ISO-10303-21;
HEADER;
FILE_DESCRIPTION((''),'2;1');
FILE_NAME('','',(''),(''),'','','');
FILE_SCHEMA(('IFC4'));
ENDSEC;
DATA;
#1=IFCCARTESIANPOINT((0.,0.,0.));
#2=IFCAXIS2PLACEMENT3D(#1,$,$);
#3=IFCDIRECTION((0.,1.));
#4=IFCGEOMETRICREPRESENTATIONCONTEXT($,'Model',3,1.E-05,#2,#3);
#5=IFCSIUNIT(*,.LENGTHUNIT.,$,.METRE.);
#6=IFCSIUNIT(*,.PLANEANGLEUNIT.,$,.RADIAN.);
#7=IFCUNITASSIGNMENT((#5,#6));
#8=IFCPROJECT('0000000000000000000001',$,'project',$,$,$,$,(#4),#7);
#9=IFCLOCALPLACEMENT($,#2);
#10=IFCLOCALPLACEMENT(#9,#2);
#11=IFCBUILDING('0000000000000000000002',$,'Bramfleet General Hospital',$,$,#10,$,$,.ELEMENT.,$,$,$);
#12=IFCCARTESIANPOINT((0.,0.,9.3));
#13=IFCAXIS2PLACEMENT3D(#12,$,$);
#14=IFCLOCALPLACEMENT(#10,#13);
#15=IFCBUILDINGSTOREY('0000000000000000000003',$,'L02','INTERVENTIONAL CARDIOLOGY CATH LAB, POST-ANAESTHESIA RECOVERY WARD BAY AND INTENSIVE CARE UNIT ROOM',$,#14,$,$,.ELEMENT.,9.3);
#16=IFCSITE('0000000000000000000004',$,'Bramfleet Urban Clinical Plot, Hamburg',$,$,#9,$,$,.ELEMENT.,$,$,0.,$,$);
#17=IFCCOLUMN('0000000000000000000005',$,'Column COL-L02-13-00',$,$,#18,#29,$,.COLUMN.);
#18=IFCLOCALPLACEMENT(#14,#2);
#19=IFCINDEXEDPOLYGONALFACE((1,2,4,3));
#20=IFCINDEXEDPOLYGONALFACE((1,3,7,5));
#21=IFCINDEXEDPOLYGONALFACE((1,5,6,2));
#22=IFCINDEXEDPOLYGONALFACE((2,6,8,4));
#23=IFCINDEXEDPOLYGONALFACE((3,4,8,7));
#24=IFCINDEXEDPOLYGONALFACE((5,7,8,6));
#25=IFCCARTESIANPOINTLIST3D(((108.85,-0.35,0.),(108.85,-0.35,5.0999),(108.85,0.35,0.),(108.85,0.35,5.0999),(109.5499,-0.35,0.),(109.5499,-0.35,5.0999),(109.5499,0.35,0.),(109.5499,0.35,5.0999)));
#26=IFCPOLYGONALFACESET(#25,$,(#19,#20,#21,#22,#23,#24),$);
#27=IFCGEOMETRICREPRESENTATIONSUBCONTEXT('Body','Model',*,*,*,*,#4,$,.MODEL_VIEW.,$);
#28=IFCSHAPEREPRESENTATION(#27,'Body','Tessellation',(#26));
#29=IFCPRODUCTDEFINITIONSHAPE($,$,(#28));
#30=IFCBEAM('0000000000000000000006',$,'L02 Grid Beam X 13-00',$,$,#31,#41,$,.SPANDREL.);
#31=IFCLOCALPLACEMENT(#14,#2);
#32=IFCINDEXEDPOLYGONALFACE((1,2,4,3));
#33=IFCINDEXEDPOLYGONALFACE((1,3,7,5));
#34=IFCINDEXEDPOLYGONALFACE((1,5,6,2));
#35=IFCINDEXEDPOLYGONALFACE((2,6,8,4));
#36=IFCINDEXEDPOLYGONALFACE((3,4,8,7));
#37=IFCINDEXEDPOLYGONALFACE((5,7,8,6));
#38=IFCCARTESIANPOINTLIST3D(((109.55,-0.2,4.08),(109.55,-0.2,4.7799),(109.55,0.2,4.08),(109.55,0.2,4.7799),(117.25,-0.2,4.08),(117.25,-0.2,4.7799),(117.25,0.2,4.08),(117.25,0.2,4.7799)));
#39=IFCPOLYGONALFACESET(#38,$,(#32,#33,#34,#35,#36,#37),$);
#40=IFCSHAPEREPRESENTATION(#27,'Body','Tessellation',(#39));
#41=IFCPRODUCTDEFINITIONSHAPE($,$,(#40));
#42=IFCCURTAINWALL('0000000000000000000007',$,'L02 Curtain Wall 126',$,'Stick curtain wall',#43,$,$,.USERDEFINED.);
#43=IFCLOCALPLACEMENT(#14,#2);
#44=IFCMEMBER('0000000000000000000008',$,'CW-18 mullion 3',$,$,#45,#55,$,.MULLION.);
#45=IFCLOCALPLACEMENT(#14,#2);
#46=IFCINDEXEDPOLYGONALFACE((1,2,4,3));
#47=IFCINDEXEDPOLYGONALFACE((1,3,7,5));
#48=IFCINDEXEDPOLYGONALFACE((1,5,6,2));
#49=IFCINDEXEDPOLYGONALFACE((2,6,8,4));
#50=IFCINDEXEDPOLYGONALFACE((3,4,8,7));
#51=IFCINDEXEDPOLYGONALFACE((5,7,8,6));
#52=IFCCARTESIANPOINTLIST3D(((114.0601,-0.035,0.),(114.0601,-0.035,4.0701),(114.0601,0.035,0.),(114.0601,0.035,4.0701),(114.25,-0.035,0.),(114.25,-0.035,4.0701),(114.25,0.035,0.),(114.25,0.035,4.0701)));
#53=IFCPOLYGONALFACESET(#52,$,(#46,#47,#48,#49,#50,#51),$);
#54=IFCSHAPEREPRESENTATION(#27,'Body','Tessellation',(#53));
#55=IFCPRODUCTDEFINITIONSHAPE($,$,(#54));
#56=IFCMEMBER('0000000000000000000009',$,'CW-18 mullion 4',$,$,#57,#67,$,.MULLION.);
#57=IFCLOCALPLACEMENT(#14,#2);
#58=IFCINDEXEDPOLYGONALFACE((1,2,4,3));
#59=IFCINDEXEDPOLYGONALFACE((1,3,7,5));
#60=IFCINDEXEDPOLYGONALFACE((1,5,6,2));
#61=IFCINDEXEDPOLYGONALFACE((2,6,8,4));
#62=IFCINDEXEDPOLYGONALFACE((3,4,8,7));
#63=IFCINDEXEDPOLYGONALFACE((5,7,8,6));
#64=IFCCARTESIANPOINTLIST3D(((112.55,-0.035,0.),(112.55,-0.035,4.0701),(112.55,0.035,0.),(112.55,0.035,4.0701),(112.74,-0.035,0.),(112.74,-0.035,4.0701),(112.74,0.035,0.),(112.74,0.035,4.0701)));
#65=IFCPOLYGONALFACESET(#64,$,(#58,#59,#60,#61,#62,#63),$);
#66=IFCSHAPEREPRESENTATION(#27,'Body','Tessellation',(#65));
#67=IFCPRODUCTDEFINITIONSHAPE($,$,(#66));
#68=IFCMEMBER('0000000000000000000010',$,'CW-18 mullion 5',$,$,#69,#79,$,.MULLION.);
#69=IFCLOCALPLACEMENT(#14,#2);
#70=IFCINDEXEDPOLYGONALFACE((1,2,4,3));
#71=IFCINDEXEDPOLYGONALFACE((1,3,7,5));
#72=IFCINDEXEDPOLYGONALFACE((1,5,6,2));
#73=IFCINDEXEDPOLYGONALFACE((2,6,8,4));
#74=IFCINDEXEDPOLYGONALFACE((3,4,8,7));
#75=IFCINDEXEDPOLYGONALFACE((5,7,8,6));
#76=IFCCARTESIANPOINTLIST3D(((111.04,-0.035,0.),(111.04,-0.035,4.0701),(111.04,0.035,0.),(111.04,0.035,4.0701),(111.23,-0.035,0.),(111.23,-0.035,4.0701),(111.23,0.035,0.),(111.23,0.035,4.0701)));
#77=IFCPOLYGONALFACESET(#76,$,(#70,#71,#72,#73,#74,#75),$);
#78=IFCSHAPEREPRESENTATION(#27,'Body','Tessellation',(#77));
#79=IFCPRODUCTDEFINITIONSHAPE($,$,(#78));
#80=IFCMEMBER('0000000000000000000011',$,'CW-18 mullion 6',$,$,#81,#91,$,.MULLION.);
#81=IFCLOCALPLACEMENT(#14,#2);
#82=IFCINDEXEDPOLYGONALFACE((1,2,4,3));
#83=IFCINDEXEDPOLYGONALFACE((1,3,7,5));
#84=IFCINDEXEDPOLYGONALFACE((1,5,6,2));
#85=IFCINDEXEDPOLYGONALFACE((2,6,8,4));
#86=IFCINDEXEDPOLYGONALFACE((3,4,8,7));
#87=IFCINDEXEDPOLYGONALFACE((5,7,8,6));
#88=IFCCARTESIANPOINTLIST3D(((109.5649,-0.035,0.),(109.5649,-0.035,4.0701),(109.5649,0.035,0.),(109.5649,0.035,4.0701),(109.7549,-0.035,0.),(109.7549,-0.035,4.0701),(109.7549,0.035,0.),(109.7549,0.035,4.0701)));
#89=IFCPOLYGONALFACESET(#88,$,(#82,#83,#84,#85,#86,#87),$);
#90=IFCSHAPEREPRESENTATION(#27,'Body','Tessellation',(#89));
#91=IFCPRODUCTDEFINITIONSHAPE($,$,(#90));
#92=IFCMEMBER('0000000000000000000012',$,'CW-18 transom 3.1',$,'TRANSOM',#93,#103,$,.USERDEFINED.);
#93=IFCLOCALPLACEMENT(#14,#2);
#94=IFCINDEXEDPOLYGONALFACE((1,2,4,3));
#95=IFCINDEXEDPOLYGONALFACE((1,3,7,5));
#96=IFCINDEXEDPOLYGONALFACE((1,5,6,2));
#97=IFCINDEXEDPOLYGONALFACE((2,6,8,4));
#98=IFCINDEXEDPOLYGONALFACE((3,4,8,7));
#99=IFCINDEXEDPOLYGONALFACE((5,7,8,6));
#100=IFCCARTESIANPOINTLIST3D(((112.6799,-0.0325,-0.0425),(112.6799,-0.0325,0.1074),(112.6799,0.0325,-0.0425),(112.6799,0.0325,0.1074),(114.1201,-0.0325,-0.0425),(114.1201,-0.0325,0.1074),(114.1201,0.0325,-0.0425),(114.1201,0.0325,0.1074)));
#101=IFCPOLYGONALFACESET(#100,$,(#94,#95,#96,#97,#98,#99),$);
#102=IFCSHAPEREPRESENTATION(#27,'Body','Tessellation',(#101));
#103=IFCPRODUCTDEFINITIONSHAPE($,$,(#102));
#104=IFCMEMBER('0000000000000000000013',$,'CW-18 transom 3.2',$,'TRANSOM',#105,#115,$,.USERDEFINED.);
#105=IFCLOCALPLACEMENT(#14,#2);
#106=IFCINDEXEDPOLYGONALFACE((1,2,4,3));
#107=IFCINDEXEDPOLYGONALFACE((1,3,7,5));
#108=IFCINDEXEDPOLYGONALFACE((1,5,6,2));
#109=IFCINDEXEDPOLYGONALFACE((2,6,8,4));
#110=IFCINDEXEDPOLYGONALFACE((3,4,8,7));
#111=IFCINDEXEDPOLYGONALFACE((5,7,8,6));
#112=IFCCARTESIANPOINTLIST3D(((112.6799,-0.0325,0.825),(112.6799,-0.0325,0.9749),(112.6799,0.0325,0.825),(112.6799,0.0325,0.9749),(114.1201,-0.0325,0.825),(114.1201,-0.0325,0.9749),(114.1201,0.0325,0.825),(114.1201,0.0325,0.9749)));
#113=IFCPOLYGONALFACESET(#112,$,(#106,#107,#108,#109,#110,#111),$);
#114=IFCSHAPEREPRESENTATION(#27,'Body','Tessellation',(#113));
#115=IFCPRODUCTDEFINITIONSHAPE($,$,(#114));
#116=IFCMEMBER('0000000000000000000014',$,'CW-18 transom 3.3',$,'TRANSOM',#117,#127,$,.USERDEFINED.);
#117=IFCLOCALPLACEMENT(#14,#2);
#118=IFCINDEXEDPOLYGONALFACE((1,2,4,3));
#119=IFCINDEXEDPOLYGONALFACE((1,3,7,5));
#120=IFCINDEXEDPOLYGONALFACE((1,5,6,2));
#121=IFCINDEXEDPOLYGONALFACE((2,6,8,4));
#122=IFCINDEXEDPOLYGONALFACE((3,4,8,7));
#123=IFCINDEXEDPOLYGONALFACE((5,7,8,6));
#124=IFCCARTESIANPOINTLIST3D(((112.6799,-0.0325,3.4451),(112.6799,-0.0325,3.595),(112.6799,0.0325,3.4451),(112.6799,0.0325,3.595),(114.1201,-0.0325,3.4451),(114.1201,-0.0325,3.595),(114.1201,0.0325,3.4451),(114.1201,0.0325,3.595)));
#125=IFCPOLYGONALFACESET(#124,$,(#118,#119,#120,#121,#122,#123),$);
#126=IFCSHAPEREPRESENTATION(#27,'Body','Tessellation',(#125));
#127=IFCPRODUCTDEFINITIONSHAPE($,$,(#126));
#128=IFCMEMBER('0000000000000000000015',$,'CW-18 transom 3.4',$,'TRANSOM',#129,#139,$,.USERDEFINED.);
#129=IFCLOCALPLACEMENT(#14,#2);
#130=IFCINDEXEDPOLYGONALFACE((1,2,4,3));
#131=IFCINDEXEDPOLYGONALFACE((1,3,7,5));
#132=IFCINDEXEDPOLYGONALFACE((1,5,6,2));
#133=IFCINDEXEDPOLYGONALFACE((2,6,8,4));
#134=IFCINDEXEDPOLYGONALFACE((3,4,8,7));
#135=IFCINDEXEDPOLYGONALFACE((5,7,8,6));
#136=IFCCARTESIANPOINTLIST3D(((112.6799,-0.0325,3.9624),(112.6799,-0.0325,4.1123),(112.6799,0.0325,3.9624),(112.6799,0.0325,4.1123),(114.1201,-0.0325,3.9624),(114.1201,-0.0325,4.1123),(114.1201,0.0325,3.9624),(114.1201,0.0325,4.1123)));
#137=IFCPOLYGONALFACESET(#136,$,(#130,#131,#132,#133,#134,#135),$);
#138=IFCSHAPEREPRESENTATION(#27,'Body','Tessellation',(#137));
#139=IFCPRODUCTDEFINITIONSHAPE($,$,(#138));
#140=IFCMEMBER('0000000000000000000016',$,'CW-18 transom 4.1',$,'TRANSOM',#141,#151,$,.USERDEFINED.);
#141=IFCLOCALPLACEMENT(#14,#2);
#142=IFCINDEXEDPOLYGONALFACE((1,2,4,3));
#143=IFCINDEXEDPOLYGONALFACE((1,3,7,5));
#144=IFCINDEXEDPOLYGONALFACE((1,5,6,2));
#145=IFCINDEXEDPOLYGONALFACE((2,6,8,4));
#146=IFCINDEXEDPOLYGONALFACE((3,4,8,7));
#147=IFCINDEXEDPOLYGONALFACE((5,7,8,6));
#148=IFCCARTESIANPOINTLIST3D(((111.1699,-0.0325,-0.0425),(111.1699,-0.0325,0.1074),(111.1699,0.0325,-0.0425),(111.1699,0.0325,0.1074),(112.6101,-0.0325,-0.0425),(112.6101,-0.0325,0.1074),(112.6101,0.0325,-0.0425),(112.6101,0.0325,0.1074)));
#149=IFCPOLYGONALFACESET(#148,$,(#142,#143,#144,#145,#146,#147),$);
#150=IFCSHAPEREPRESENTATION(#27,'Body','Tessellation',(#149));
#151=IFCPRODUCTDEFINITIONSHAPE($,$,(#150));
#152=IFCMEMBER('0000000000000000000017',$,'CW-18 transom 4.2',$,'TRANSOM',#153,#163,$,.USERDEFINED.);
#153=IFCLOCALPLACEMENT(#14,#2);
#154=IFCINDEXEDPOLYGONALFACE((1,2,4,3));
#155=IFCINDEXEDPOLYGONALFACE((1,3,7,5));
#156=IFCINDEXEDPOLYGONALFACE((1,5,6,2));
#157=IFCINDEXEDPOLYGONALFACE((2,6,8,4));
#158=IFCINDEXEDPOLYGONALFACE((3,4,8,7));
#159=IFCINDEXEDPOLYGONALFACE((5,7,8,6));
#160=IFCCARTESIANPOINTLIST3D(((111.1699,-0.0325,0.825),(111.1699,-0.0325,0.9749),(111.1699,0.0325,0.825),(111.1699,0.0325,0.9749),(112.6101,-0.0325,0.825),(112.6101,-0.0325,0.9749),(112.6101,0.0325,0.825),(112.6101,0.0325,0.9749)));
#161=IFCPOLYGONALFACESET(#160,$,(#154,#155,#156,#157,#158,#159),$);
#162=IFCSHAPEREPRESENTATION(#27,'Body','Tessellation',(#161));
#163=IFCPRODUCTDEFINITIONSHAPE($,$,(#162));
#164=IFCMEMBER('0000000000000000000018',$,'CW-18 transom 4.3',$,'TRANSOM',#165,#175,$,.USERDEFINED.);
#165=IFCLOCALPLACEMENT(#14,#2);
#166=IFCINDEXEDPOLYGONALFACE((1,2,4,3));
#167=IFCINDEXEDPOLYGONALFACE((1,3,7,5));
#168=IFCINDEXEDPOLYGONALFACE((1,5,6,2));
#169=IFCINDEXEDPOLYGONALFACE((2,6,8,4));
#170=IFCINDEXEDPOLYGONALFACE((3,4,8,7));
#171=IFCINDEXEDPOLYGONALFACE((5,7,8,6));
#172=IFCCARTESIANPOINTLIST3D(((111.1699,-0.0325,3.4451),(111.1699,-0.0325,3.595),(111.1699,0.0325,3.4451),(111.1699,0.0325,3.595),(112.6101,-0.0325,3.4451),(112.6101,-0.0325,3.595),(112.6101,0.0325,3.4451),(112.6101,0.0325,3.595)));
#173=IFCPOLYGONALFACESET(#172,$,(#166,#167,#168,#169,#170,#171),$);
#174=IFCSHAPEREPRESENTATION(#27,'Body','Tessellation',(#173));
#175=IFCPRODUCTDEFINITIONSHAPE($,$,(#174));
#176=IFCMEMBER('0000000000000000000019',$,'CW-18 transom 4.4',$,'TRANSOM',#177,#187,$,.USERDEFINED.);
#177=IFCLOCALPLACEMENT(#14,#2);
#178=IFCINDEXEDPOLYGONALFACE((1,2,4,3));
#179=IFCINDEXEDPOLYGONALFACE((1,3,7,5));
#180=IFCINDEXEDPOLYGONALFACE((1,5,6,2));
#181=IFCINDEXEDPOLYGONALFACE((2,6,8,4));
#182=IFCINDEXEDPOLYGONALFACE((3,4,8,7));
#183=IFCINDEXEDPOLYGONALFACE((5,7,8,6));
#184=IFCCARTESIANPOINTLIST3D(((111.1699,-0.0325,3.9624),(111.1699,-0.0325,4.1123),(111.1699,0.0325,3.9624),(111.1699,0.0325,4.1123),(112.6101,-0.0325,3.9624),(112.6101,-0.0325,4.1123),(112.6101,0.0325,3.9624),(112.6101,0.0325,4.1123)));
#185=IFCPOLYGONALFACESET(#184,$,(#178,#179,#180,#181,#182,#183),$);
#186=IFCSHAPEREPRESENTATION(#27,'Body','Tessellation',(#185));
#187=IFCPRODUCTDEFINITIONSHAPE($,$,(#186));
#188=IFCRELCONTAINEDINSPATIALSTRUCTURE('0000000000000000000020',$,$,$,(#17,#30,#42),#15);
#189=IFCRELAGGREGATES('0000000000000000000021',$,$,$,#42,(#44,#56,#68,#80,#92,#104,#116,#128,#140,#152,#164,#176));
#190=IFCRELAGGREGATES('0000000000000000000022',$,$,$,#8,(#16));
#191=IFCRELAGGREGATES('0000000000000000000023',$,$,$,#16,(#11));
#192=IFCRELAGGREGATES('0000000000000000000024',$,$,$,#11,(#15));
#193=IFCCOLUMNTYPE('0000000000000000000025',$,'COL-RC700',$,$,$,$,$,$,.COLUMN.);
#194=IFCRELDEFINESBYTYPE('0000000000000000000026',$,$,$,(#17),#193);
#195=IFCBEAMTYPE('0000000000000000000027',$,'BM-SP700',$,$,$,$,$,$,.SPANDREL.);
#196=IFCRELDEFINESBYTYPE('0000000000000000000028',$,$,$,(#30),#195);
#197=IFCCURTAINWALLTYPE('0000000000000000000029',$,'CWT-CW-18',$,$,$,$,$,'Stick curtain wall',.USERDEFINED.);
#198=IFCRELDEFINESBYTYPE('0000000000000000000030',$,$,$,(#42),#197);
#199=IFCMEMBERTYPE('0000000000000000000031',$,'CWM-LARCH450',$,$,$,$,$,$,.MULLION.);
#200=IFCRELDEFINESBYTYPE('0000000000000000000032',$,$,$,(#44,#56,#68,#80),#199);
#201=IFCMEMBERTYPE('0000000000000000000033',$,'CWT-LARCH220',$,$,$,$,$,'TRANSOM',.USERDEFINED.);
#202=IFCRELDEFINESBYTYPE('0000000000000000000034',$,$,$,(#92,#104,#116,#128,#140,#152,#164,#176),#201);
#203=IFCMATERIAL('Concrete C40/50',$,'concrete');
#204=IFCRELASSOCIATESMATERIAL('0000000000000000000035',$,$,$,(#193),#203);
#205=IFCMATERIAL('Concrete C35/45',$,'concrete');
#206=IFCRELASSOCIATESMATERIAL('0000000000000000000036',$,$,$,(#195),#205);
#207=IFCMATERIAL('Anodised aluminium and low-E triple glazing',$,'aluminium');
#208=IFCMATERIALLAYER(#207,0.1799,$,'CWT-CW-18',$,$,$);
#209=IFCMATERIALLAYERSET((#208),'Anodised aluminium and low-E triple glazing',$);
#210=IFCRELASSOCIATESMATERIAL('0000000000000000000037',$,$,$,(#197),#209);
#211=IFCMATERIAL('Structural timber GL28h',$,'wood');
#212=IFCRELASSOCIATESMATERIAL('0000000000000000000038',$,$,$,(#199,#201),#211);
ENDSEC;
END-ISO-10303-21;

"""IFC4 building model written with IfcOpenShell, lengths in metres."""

from ifc_helpers import new_model, si_unit, direction, frame, origin, origin_2d, place, context, subcontext, project, spatial, rectangle, extrude, material, layer, layer_set, material_profile, profile_set, type_object, element, aggregate, save


model = new_model("IFC4")

# Units and contexts
model_context = context("Model", 3, precision=1e-05, world=origin(), true_north=direction((0.0, 1.0)))
body_context = subcontext(model_context, "Body", "Model", "MODEL_VIEW")
ifc_project = project(units=[si_unit("LENGTHUNIT", "METRE"), si_unit("PLANEANGLEUNIT", "RADIAN")], contexts=[model_context])

# Site, building, storey
site_placement = place(None, origin())
site = spatial("IfcSite", under=ifc_project, at=site_placement, Name="Bramfleet Urban Clinical Plot, Hamburg", CompositionType="ELEMENT", RefElevation=0.0)
building_placement = place(site_placement, origin())
building = spatial("IfcBuilding", under=site, at=building_placement, Name="Bramfleet General Hospital", CompositionType="ELEMENT")
storey_placement = place(building_placement, frame((0.0, 0.0, 9.3)))
storey = spatial("IfcBuildingStorey", under=building, at=storey_placement, Name="L02", Description="INTERVENTIONAL CARDIOLOGY CATH LAB, POST-ANAESTHESIA RECOVERY WARD BAY AND INTENSIVE CARE UNIT ROOM", CompositionType="ELEMENT", Elevation=9.3)

# Column
ifc_material_1 = material(Name="Concrete C40/50", Category="concrete")
ifc_material_profile_1 = material_profile(ifc_material_1, rectangle(XDim=0.7, YDim=0.7, at=origin_2d()), Name="RC COL 700x700")
ifc_profile_set_1 = profile_set([ifc_material_profile_1], Name="Concrete C40/50")
column_type = type_object("IfcColumnType", Name="COL-RC700", PredefinedType="COLUMN", material=ifc_profile_set_1)
column_placement = place(storey_placement, frame((109.2, 0.0, 0.0), z_axis=(0.0, 0.0, 1.0), x_axis=(1.0, 0.0, 0.0)))
element("IfcColumn", 1, at=column_placement, inside=storey, type_object=column_type, Name="Column COL-L02-13-00", PredefinedType="COLUMN", context=body_context, shape_type="SweptSolid", body=[
    extrude(rectangle(XDim=0.7, YDim=0.7, at=origin_2d()), origin(), (0.0, 0.0, 1.0), 5.0999),
])

# Beam
ifc_material_2 = material(Name="Concrete C35/45", Category="concrete")
ifc_material_profile_2 = material_profile(ifc_material_2, rectangle(XDim=0.3999, YDim=0.7, at=origin_2d()), Name="RC SP 700x400")
ifc_profile_set_2 = profile_set([ifc_material_profile_2], Name="Concrete C35/45")
beam_type = type_object("IfcBeamType", Name="BM-SP700", PredefinedType="SPANDREL", material=ifc_profile_set_2)
beam_placement = place(storey_placement, frame((109.55, 0.0, 4.4299), z_axis=(1.0, 0.0, 0.0), x_axis=(0.0, 1.0, 0.0)))
element("IfcBeam", 2, at=beam_placement, inside=storey, type_object=beam_type, Name="L02 Grid Beam X 13-00", PredefinedType="SPANDREL", context=body_context, shape_type="SweptSolid", body=[
    extrude(rectangle(XDim=0.3999, YDim=0.7, at=origin_2d()), origin(), (0.0, 0.0, 1.0), 7.7),
])

# Curtain wall, members
ifc_material_3 = material(Name="Anodised aluminium and low-E triple glazing", Category="aluminium")
ifc_layer_1 = layer(ifc_material_3, 0.1799, Name="CWT-CW-18")
ifc_layer_set_1 = layer_set([ifc_layer_1], Name="Anodised aluminium and low-E triple glazing")
curtain_wall_type = type_object("IfcCurtainWallType", Name="CWT-CW-18", ElementType="Stick curtain wall", PredefinedType="USERDEFINED", material=ifc_layer_set_1)
curtain_wall_placement = place(storey_placement, origin())
curtain_wall = element("IfcCurtainWall", 3, at=curtain_wall_placement, inside=storey, type_object=curtain_wall_type, Name="L02 Curtain Wall 126", ObjectType="Stick curtain wall", PredefinedType="USERDEFINED")
ifc_material_4 = material(Name="Structural timber GL28h", Category="wood")
ifc_material_profile_3 = material_profile(ifc_material_4, rectangle(XDim=0.0701, YDim=0.1899, at=origin_2d()), Name="LARCH 190x70")
ifc_profile_set_3 = profile_set([ifc_material_profile_3], Name="Structural timber GL28h")
member_type_1 = type_object("IfcMemberType", Name="CWM-LARCH450", PredefinedType="MULLION", material=ifc_profile_set_3)
member_1_placement = place(storey_placement, frame((114.155, 0.0, 0.0), z_axis=(0.0, 0.0, 1.0), x_axis=(0.0, -1.0, 0.0)))
member_1 = element("IfcMember", 4, at=member_1_placement, type_object=member_type_1, Name="CW-18 mullion 3", PredefinedType="MULLION", context=body_context, shape_type="SweptSolid", body=[
    extrude(rectangle(XDim=0.0701, YDim=0.1899, at=origin_2d()), origin(), (0.0, 0.0, 1.0), 4.0701),
])
member_2_placement = place(storey_placement, frame((112.645, 0.0, 0.0), z_axis=(0.0, 0.0, 1.0), x_axis=(0.0, -1.0, 0.0)))
member_2 = element("IfcMember", 5, at=member_2_placement, type_object=member_type_1, Name="CW-18 mullion 4", PredefinedType="MULLION", context=body_context, shape_type="SweptSolid", body=[
    extrude(rectangle(XDim=0.0701, YDim=0.1899, at=origin_2d()), origin(), (0.0, 0.0, 1.0), 4.0701),
])
member_3_placement = place(storey_placement, frame((111.135, 0.0, 0.0), z_axis=(0.0, 0.0, 1.0), x_axis=(0.0, -1.0, 0.0)))
member_3 = element("IfcMember", 6, at=member_3_placement, type_object=member_type_1, Name="CW-18 mullion 5", PredefinedType="MULLION", context=body_context, shape_type="SweptSolid", body=[
    extrude(rectangle(XDim=0.0701, YDim=0.1899, at=origin_2d()), origin(), (0.0, 0.0, 1.0), 4.0701),
])
member_4_placement = place(storey_placement, frame((109.6599, 0.0, 0.0), z_axis=(0.0, 0.0, 1.0), x_axis=(0.0, -1.0, 0.0)))
member_4 = element("IfcMember", 7, at=member_4_placement, type_object=member_type_1, Name="CW-18 mullion 6", PredefinedType="MULLION", context=body_context, shape_type="SweptSolid", body=[
    extrude(rectangle(XDim=0.0701, YDim=0.1899, at=origin_2d()), origin(), (0.0, 0.0, 1.0), 4.0701),
])
ifc_material_profile_4 = material_profile(ifc_material_4, rectangle(XDim=0.0649, YDim=0.1499, at=origin_2d()), Name="LARCH 150x65")
ifc_profile_set_4 = profile_set([ifc_material_profile_4], Name="Structural timber GL28h")
member_type_2 = type_object("IfcMemberType", Name="CWT-LARCH220", ElementType="TRANSOM", PredefinedType="USERDEFINED", material=ifc_profile_set_4)
member_5_placement = place(storey_placement, frame((114.1201, 0.0, 0.0325), z_axis=(-1.0, 0.0, 0.0), x_axis=(0.0, -1.0, 0.0)))
member_5 = element("IfcMember", 8, at=member_5_placement, type_object=member_type_2, Name="CW-18 transom 3.1", ObjectType="TRANSOM", PredefinedType="USERDEFINED", context=body_context, shape_type="SweptSolid", body=[
    extrude(rectangle(XDim=0.0649, YDim=0.1499, at=origin_2d()), origin(), (0.0, 0.0, 1.0), 1.4402),
])
member_6_placement = place(storey_placement, frame((114.1201, 0.0, 0.8999), z_axis=(-1.0, 0.0, 0.0), x_axis=(0.0, -1.0, 0.0)))
member_6 = element("IfcMember", 9, at=member_6_placement, type_object=member_type_2, Name="CW-18 transom 3.2", ObjectType="TRANSOM", PredefinedType="USERDEFINED", context=body_context, shape_type="SweptSolid", body=[
    extrude(rectangle(XDim=0.0649, YDim=0.1499, at=origin_2d()), origin(), (0.0, 0.0, 1.0), 1.4402),
])
member_7_placement = place(storey_placement, frame((114.1201, 0.0, 3.52), z_axis=(-1.0, 0.0, 0.0), x_axis=(0.0, -1.0, 0.0)))
member_7 = element("IfcMember", 10, at=member_7_placement, type_object=member_type_2, Name="CW-18 transom 3.3", ObjectType="TRANSOM", PredefinedType="USERDEFINED", context=body_context, shape_type="SweptSolid", body=[
    extrude(rectangle(XDim=0.0649, YDim=0.1499, at=origin_2d()), origin(), (0.0, 0.0, 1.0), 1.4402),
])
member_8_placement = place(storey_placement, frame((114.1201, 0.0, 4.0374), z_axis=(-1.0, 0.0, 0.0), x_axis=(0.0, -1.0, 0.0)))
member_8 = element("IfcMember", 11, at=member_8_placement, type_object=member_type_2, Name="CW-18 transom 3.4", ObjectType="TRANSOM", PredefinedType="USERDEFINED", context=body_context, shape_type="SweptSolid", body=[
    extrude(rectangle(XDim=0.0649, YDim=0.1499, at=origin_2d()), origin(), (0.0, 0.0, 1.0), 1.4402),
])
member_9_placement = place(storey_placement, frame((112.6101, 0.0, 0.0325), z_axis=(-1.0, 0.0, 0.0), x_axis=(0.0, -1.0, 0.0)))
member_9 = element("IfcMember", 12, at=member_9_placement, type_object=member_type_2, Name="CW-18 transom 4.1", ObjectType="TRANSOM", PredefinedType="USERDEFINED", context=body_context, shape_type="SweptSolid", body=[
    extrude(rectangle(XDim=0.0649, YDim=0.1499, at=origin_2d()), origin(), (0.0, 0.0, 1.0), 1.4402),
])
member_10_placement = place(storey_placement, frame((112.6101, 0.0, 0.8999), z_axis=(-1.0, 0.0, 0.0), x_axis=(0.0, -1.0, 0.0)))
member_10 = element("IfcMember", 13, at=member_10_placement, type_object=member_type_2, Name="CW-18 transom 4.2", ObjectType="TRANSOM", PredefinedType="USERDEFINED", context=body_context, shape_type="SweptSolid", body=[
    extrude(rectangle(XDim=0.0649, YDim=0.1499, at=origin_2d()), origin(), (0.0, 0.0, 1.0), 1.4402),
])
member_11_placement = place(storey_placement, frame((112.6101, 0.0, 3.52), z_axis=(-1.0, 0.0, 0.0), x_axis=(0.0, -1.0, 0.0)))
member_11 = element("IfcMember", 14, at=member_11_placement, type_object=member_type_2, Name="CW-18 transom 4.3", ObjectType="TRANSOM", PredefinedType="USERDEFINED", context=body_context, shape_type="SweptSolid", body=[
    extrude(rectangle(XDim=0.0649, YDim=0.1499, at=origin_2d()), origin(), (0.0, 0.0, 1.0), 1.4402),
])
member_12_placement = place(storey_placement, frame((112.6101, 0.0, 4.0374), z_axis=(-1.0, 0.0, 0.0), x_axis=(0.0, -1.0, 0.0)))
member_12 = element("IfcMember", 15, at=member_12_placement, type_object=member_type_2, Name="CW-18 transom 4.4", ObjectType="TRANSOM", PredefinedType="USERDEFINED", context=body_context, shape_type="SweptSolid", body=[
    extrude(rectangle(XDim=0.0649, YDim=0.1499, at=origin_2d()), origin(), (0.0, 0.0, 1.0), 1.4402),
])
aggregate(curtain_wall, [member_1, member_2, member_3, member_4, member_5, member_6, member_7, member_8, member_9, member_10, member_11, member_12])

save(model, "model.ifc")
